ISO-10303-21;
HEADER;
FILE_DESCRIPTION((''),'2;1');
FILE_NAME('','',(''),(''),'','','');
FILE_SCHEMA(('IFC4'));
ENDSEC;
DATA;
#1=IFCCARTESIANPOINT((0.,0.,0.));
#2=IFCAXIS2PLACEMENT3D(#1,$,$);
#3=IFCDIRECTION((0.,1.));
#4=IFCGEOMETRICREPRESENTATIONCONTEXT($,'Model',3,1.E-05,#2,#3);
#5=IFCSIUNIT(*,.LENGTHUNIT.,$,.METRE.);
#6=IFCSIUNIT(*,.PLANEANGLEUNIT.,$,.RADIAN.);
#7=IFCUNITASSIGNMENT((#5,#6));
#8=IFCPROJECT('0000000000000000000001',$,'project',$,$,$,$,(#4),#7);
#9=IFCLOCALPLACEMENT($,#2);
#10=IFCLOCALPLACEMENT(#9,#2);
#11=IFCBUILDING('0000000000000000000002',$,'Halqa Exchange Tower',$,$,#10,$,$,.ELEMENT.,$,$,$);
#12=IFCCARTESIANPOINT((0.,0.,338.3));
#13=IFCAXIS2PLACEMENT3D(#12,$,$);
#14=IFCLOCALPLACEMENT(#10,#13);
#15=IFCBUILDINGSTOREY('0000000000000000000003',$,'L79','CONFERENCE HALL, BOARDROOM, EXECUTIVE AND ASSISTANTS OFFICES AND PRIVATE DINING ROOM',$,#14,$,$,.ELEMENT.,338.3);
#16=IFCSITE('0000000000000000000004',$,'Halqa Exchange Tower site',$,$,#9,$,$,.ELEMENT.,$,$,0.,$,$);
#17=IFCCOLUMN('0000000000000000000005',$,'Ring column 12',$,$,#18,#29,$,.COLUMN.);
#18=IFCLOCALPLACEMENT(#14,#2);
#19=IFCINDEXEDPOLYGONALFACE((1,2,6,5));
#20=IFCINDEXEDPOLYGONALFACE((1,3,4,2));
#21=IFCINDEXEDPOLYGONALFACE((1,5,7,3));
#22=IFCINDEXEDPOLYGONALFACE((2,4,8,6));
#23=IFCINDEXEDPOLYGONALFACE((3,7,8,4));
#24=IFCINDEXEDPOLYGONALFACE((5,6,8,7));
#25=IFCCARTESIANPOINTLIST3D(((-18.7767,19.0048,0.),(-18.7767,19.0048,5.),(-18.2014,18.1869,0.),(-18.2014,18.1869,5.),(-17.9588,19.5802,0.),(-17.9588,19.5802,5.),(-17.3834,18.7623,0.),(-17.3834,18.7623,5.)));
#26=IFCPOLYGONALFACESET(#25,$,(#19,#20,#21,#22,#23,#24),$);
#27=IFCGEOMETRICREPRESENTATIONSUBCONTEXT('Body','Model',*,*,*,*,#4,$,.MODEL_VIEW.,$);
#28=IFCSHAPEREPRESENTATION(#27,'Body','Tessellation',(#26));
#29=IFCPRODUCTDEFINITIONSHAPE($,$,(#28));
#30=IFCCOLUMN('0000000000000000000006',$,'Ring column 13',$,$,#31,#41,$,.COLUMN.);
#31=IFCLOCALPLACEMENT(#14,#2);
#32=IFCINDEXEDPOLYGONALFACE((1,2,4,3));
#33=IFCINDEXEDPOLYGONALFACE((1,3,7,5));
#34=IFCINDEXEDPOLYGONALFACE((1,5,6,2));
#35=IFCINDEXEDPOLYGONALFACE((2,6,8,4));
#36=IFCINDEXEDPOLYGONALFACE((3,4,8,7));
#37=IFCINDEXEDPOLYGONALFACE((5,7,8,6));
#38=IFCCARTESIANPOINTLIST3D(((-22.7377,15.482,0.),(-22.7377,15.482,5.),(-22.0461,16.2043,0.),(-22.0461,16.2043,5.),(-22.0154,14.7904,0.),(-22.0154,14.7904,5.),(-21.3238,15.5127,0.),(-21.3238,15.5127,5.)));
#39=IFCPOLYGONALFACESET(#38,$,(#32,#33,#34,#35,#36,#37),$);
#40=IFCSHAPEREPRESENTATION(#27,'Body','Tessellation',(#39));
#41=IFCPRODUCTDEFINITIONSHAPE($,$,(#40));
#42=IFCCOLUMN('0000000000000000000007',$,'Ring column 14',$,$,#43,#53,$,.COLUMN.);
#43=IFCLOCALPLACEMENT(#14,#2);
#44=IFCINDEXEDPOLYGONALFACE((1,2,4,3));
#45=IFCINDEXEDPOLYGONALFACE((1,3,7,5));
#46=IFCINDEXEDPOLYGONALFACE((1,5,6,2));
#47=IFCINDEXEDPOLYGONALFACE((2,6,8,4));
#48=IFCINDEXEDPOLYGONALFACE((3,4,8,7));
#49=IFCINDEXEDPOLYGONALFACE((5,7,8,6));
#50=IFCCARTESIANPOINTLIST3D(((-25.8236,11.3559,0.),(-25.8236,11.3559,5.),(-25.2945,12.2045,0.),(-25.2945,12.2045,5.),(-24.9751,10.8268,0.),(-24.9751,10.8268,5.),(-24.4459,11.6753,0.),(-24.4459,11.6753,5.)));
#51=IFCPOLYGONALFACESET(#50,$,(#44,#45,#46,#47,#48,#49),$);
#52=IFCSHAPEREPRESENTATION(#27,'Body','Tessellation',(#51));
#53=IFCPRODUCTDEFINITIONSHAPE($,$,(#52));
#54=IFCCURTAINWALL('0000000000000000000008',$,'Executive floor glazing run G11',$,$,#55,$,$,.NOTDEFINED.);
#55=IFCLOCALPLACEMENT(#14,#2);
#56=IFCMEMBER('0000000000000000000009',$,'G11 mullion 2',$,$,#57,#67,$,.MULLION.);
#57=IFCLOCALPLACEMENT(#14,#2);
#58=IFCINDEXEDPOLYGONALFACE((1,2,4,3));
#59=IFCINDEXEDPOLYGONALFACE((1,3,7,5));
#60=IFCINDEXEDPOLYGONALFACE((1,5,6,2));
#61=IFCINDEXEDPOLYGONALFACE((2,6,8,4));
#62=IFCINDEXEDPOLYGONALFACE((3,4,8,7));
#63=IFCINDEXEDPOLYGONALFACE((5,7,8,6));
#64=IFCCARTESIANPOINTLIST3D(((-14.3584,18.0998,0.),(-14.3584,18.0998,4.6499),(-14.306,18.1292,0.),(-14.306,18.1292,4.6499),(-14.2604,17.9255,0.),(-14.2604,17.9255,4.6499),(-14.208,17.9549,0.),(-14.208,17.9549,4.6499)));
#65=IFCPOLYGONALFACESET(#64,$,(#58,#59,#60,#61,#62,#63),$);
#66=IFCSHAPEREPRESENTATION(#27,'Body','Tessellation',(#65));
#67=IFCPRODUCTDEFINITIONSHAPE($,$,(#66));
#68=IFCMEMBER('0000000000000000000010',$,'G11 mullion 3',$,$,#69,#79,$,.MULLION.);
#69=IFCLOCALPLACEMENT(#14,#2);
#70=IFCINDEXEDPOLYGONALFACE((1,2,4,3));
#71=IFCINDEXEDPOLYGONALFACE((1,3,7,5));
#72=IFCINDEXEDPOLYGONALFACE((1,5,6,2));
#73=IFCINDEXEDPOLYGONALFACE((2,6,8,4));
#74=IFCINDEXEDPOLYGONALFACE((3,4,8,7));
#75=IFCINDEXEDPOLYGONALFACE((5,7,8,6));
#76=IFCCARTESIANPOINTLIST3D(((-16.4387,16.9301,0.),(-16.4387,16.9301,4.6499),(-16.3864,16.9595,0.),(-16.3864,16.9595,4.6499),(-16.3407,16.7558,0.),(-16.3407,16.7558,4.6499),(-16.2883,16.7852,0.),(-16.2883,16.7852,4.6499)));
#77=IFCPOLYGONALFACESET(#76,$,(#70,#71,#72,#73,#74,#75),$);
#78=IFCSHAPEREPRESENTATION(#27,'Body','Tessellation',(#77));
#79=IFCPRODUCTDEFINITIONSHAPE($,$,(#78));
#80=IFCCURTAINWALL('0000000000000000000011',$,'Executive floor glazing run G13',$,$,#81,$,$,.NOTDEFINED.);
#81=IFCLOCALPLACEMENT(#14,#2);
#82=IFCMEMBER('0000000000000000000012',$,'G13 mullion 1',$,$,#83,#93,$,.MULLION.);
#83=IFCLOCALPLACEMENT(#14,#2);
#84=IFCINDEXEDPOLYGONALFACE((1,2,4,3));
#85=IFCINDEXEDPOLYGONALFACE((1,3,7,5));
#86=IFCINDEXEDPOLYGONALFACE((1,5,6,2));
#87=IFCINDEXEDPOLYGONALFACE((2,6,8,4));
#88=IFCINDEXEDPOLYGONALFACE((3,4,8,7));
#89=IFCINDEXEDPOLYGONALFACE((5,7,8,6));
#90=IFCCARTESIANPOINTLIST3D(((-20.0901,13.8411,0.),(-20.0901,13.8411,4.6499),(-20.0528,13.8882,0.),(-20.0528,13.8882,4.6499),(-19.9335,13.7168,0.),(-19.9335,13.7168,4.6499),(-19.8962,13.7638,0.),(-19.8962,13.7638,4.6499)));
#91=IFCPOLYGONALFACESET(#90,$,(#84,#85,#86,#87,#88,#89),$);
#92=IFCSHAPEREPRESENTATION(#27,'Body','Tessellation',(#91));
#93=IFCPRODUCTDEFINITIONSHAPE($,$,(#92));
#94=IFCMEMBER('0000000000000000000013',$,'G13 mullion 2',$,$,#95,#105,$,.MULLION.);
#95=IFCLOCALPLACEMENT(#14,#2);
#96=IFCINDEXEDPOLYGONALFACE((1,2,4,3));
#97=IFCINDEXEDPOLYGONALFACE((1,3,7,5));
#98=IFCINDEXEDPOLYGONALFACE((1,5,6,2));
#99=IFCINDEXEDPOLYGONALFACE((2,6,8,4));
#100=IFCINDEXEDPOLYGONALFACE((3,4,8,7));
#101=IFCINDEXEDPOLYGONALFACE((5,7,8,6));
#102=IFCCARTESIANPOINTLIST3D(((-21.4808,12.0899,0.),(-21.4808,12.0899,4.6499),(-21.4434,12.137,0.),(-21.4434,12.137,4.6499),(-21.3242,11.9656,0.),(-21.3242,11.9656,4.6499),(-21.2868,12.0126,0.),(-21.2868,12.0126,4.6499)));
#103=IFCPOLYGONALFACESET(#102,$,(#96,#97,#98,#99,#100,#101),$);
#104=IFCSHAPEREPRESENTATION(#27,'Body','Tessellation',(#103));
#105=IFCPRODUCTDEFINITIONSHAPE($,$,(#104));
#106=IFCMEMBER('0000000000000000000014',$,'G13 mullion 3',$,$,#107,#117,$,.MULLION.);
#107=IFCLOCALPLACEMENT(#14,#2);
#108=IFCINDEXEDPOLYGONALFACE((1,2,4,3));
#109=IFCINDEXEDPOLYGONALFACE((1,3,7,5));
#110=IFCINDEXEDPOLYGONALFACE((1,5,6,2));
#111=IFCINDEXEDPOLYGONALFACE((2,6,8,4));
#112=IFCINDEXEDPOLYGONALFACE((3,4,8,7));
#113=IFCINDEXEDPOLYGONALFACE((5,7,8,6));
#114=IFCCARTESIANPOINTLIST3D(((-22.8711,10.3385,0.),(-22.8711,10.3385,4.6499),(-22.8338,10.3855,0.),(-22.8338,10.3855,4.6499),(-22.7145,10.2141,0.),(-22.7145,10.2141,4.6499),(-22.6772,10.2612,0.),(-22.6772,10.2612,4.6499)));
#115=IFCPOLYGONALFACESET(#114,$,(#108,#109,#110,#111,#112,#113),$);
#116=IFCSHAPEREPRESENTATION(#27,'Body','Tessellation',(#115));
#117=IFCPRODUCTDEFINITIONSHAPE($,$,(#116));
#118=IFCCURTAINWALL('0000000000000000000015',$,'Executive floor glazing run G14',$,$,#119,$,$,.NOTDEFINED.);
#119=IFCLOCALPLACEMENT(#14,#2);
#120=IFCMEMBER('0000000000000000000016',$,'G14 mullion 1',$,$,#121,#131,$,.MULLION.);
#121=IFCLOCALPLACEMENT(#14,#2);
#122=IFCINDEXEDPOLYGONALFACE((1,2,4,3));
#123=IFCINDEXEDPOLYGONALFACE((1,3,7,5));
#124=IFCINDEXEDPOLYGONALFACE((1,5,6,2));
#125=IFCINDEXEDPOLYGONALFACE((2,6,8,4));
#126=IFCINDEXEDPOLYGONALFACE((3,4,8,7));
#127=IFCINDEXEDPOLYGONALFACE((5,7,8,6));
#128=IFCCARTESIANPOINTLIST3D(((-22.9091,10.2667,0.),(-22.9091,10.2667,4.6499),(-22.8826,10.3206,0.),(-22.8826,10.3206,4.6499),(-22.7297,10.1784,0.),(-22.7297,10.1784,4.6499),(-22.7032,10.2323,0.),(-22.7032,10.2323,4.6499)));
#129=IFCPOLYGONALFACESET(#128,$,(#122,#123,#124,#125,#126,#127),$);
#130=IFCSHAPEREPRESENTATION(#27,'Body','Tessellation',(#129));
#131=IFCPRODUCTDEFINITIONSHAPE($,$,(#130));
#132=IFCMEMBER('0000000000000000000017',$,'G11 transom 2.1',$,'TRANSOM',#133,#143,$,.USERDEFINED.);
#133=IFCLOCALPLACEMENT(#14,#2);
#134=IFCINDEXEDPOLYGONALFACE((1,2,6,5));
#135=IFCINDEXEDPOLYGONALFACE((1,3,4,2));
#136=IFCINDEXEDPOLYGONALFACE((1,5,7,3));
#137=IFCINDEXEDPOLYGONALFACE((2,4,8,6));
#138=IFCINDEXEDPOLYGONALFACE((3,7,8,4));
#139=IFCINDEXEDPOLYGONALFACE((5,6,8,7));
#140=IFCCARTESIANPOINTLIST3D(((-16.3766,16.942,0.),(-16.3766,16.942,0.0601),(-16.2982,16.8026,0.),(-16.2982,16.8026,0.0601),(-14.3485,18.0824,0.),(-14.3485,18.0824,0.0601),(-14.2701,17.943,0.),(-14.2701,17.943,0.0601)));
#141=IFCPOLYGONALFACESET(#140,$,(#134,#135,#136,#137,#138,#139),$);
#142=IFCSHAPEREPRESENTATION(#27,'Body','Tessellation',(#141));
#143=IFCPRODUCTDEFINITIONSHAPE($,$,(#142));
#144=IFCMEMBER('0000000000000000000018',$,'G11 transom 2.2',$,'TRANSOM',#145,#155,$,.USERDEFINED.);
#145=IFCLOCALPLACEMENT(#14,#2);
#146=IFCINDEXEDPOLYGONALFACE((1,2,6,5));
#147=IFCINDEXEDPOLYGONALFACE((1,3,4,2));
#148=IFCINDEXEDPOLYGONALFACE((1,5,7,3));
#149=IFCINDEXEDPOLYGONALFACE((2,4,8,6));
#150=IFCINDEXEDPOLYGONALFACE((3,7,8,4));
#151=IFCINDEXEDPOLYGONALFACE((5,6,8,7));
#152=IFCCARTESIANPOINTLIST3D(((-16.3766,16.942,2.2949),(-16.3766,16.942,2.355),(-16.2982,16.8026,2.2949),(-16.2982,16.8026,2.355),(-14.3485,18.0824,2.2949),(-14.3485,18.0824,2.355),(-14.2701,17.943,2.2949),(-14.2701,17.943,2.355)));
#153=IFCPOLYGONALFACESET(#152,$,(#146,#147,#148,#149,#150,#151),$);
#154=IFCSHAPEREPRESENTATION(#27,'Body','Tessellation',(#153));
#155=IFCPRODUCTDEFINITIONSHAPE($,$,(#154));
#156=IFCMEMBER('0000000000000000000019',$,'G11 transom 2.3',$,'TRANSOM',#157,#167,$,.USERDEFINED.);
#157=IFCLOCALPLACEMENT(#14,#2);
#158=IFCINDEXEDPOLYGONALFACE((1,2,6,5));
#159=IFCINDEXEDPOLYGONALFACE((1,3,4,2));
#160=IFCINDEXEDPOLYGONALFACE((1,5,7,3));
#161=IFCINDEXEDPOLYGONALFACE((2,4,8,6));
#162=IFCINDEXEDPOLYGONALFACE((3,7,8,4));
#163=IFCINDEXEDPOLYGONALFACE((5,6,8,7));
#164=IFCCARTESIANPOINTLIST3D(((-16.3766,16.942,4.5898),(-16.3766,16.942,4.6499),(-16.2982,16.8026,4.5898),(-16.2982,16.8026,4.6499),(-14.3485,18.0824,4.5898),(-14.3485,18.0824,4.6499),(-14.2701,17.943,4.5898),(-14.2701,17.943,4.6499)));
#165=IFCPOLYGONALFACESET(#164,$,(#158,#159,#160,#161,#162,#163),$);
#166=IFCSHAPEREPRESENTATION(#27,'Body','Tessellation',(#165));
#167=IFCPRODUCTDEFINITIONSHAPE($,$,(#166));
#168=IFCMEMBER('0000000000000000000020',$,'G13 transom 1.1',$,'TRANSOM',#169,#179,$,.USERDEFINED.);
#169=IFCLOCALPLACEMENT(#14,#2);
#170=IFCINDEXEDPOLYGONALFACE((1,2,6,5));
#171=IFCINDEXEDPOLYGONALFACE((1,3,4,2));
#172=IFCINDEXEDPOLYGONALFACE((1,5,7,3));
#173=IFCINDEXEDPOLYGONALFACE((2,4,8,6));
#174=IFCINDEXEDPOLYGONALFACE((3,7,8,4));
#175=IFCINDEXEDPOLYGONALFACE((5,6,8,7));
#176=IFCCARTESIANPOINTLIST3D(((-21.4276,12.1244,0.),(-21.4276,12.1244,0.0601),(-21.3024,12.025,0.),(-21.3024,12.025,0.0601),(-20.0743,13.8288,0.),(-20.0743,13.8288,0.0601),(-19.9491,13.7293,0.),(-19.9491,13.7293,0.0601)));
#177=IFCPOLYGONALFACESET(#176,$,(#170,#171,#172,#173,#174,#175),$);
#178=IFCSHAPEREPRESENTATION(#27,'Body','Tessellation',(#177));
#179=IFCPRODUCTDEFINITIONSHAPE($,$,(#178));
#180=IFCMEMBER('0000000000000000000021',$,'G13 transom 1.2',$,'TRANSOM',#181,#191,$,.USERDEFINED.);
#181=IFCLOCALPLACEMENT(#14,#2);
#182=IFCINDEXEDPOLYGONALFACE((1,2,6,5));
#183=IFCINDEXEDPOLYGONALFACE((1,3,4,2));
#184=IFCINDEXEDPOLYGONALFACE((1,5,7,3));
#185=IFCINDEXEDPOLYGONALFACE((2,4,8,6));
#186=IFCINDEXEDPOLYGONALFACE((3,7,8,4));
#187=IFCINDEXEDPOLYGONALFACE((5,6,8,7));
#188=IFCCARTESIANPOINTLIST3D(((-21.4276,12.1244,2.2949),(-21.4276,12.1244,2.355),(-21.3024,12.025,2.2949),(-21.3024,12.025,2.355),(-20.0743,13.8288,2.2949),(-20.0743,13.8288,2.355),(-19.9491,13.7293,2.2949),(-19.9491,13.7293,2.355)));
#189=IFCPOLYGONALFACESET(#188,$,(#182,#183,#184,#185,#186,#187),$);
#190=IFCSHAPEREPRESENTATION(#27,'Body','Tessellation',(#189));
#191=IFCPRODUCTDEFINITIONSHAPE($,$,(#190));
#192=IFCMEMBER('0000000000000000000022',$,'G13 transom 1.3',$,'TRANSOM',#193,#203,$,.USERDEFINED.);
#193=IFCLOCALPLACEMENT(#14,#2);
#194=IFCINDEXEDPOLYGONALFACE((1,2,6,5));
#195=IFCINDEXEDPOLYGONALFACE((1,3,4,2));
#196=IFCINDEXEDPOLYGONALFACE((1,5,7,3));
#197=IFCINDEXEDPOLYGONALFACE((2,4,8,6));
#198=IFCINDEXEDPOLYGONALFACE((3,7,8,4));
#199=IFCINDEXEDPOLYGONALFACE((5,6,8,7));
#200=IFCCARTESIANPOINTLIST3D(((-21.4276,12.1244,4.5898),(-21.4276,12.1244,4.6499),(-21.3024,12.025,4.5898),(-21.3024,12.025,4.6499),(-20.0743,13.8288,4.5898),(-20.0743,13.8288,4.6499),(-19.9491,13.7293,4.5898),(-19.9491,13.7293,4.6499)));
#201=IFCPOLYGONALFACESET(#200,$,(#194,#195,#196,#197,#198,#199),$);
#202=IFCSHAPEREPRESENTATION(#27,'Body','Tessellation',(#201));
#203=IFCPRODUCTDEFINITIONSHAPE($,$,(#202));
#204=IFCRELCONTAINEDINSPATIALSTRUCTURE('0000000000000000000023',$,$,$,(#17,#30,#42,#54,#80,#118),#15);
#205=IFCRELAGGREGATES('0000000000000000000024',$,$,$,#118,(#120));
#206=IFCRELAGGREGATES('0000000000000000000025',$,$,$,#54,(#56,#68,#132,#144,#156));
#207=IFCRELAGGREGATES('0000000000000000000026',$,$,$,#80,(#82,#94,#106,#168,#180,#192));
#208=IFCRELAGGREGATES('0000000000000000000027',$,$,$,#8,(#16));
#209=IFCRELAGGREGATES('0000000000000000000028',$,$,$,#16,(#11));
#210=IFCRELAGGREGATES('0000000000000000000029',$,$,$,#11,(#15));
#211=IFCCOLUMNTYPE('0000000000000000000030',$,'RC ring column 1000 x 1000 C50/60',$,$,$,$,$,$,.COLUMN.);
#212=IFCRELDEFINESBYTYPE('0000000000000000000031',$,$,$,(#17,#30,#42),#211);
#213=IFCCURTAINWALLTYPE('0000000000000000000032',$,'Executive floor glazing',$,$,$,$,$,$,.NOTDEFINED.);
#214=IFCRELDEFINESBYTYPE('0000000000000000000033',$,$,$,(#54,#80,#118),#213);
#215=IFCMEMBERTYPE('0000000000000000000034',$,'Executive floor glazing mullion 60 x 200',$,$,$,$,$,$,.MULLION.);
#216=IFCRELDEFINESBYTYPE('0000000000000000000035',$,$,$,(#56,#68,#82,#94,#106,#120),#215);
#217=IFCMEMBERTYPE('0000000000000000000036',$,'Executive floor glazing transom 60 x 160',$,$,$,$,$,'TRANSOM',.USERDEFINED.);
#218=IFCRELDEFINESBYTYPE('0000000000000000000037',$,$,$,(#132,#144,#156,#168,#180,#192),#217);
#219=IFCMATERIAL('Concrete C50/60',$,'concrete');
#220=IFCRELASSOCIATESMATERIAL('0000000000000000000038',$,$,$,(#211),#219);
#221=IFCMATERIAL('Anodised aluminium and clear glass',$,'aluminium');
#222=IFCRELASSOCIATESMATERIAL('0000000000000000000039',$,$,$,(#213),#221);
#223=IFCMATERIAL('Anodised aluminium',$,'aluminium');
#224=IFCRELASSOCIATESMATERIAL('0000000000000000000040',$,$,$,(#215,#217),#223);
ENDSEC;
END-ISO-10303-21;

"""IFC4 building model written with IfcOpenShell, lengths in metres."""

from ifc_helpers import new_model, si_unit, direction, frame, origin, origin_2d, place, context, subcontext, project, spatial, rectangle, extrude, material, material_profile, profile_set, type_object, element, aggregate, save


model = new_model("IFC4")

# Units and contexts
model_context = context("Model", 3, precision=1e-05, world=origin(), true_north=direction((0.0, 1.0)))
body_context = subcontext(model_context, "Body", "Model", "MODEL_VIEW")
ifc_project = project(units=[si_unit("LENGTHUNIT", "METRE"), si_unit("PLANEANGLEUNIT", "RADIAN")], contexts=[model_context])

# Site, building, storey
site_placement = place(None, origin())
site = spatial("IfcSite", under=ifc_project, at=site_placement, Name="Halqa Exchange Tower site", CompositionType="ELEMENT", RefElevation=0.0)
building_placement = place(site_placement, origin())
building = spatial("IfcBuilding", under=site, at=building_placement, Name="Halqa Exchange Tower", CompositionType="ELEMENT")
storey_placement = place(building_placement, frame((0.0, 0.0, 338.3)))
storey = spatial("IfcBuildingStorey", under=building, at=storey_placement, Name="L79", Description="CONFERENCE HALL, BOARDROOM, EXECUTIVE AND ASSISTANTS OFFICES AND PRIVATE DINING ROOM", CompositionType="ELEMENT", Elevation=338.3)

# Columns
ifc_material_1 = material(Name="Concrete C50/60", Category="concrete")
ifc_material_profile_1 = material_profile(ifc_material_1, rectangle(XDim=1.0, YDim=1.0, at=origin_2d()), Name="1000 x 1000")
ifc_profile_set_1 = profile_set([ifc_material_profile_1], Name="Concrete C50/60")
column_type = type_object("IfcColumnType", Name="RC ring column 1000 x 1000 C50/60", PredefinedType="COLUMN", material=ifc_profile_set_1)
for number, where, z_axis, x_axis, name in (
    (1, (-18.0801, 18.8835, 0.0), (0.0, 0.0, 1.0), (-0.817907, -0.575351, 0.0), "Ring column 12"),
    (2, (-22.0308, 15.4973, 0.0), (0.0, 0.0, 1.0), (-0.691579, -0.722301, 0.0), "Ring column 13"),
    (3, (-25.1348, 11.5156, 0.0), (0.0, 0.0, 1.0), (-0.52914, -0.848534, 0.0), "Ring column 14"),
):
    element("IfcColumn", number, at=place(storey_placement, frame(where, z_axis=z_axis, x_axis=x_axis)), inside=storey, type_object=column_type, Name=name, PredefinedType="COLUMN", context=body_context, shape_type="SweptSolid", body=[
        extrude(rectangle(XDim=1.0, YDim=1.0, at=origin_2d()), origin(), (0.0, 0.0, 1.0), 5.0),
    ])

# Curtain walls, members
ifc_material_2 = material(Name="Anodised aluminium and clear glass", Category="aluminium")
curtain_wall_type = type_object("IfcCurtainWallType", Name="Executive floor glazing", PredefinedType="NOTDEFINED", material=ifc_material_2)
curtain_wall_1_placement = place(storey_placement, origin())
curtain_wall_1 = element("IfcCurtainWall", 4, at=curtain_wall_1_placement, inside=storey, type_object=curtain_wall_type, Name="Executive floor glazing run G11", PredefinedType="NOTDEFINED")
ifc_material_3 = material(Name="Anodised aluminium", Category="aluminium")
ifc_material_profile_2 = material_profile(ifc_material_3, rectangle(XDim=0.2, YDim=0.0601, at=origin_2d()), Name="AL 60x200")
ifc_profile_set_2 = profile_set([ifc_material_profile_2], Name="Anodised aluminium")
member_type_1 = type_object("IfcMemberType", Name="Executive floor glazing mullion 60 x 200", PredefinedType="MULLION", material=ifc_profile_set_2)
member_1_placement = place(storey_placement, frame((-14.2832, 18.0273, 0.0), z_axis=(0.0, 0.0, 1.0), x_axis=(0.490158, -0.871634, 0.0)))
member_1 = element("IfcMember", 5, at=member_1_placement, type_object=member_type_1, Name="G11 mullion 2", PredefinedType="MULLION", context=body_context, shape_type="SweptSolid", body=[
    extrude(rectangle(XDim=0.2, YDim=0.0601, at=origin_2d()), origin(), (0.0, 0.0, 1.0), 4.6499),
])
member_2_placement = place(storey_placement, frame((-16.3635, 16.8577, 0.0), z_axis=(0.0, 0.0, 1.0), x_axis=(0.490158, -0.871634, 0.0)))
member_2 = element("IfcMember", 6, at=member_2_placement, type_object=member_type_1, Name="G11 mullion 3", PredefinedType="MULLION", context=body_context, shape_type="SweptSolid", body=[
    extrude(rectangle(XDim=0.2, YDim=0.0601, at=origin_2d()), origin(), (0.0, 0.0, 1.0), 4.6499),
])
curtain_wall_2_placement = place(storey_placement, origin())
curtain_wall_2 = element("IfcCurtainWall", 7, at=curtain_wall_2_placement, inside=storey, type_object=curtain_wall_type, Name="Executive floor glazing run G13", PredefinedType="NOTDEFINED")
member_3_placement = place(storey_placement, frame((-19.9932, 13.8025, 0.0), z_axis=(0.0, 0.0, 1.0), x_axis=(0.783162, -0.621817, 0.0)))
member_3 = element("IfcMember", 8, at=member_3_placement, type_object=member_type_1, Name="G13 mullion 1", PredefinedType="MULLION", context=body_context, shape_type="SweptSolid", body=[
    extrude(rectangle(XDim=0.2, YDim=0.0601, at=origin_2d()), origin(), (0.0, 0.0, 1.0), 4.6499),
])
member_4_placement = place(storey_placement, frame((-21.3838, 12.0513, 0.0), z_axis=(0.0, 0.0, 1.0), x_axis=(0.783162, -0.621817, 0.0)))
member_4 = element("IfcMember", 9, at=member_4_placement, type_object=member_type_1, Name="G13 mullion 2", PredefinedType="MULLION", context=body_context, shape_type="SweptSolid", body=[
    extrude(rectangle(XDim=0.2, YDim=0.0601, at=origin_2d()), origin(), (0.0, 0.0, 1.0), 4.6499),
])
member_5_placement = place(storey_placement, frame((-22.7742, 10.2998, 0.0), z_axis=(0.0, 0.0, 1.0), x_axis=(0.783162, -0.621817, 0.0)))
member_5 = element("IfcMember", 10, at=member_5_placement, type_object=member_type_1, Name="G13 mullion 3", PredefinedType="MULLION", context=body_context, shape_type="SweptSolid", body=[
    extrude(rectangle(XDim=0.2, YDim=0.0601, at=origin_2d()), origin(), (0.0, 0.0, 1.0), 4.6499),
])

# Curtain wall, member
curtain_wall_3_placement = place(storey_placement, origin())
curtain_wall_3 = element("IfcCurtainWall", 11, at=curtain_wall_3_placement, inside=storey, type_object=curtain_wall_type, Name="Executive floor glazing run G14", PredefinedType="NOTDEFINED")
member_6_placement = place(storey_placement, frame((-22.8062, 10.2495, 0.0), z_axis=(0.0, 0.0, 1.0), x_axis=(0.897215, -0.441595, 0.0)))
member_6 = element("IfcMember", 12, at=member_6_placement, type_object=member_type_1, Name="G14 mullion 1", PredefinedType="MULLION", context=body_context, shape_type="SweptSolid", body=[
    extrude(rectangle(XDim=0.2, YDim=0.0601, at=origin_2d()), origin(), (0.0, 0.0, 1.0), 4.6499),
])
aggregate(curtain_wall_3, [member_6])

# Members
ifc_material_profile_3 = material_profile(ifc_material_3, rectangle(XDim=0.1599, YDim=0.0601, at=origin_2d()), Name="AL 60x160")
ifc_profile_set_3 = profile_set([ifc_material_profile_3], Name="Anodised aluminium")
member_type_2 = type_object("IfcMemberType", Name="Executive floor glazing transom 60 x 160", ElementType="TRANSOM", PredefinedType="USERDEFINED", material=ifc_profile_set_3)
member_7_placement = place(storey_placement, frame((-14.3093, 18.0127, 0.03), z_axis=(-0.871651, -0.490127, 0.0), x_axis=(0.490127, -0.871651, 0.0)))
member_7 = element("IfcMember", 13, at=member_7_placement, type_object=member_type_2, Name="G11 transom 2.1", ObjectType="TRANSOM", PredefinedType="USERDEFINED", context=body_context, shape_type="SweptSolid", body=[
    extrude(rectangle(XDim=0.1599, YDim=0.0601, at=origin_2d()), origin(), (0.0, 0.0, 1.0), 2.3267),
])
member_8_placement = place(storey_placement, frame((-14.3093, 18.0127, 2.325), z_axis=(-0.871651, -0.490127, 0.0), x_axis=(0.490127, -0.871651, 0.0)))
member_8 = element("IfcMember", 14, at=member_8_placement, type_object=member_type_2, Name="G11 transom 2.2", ObjectType="TRANSOM", PredefinedType="USERDEFINED", context=body_context, shape_type="SweptSolid", body=[
    extrude(rectangle(XDim=0.1599, YDim=0.0601, at=origin_2d()), origin(), (0.0, 0.0, 1.0), 2.3267),
])
member_9_placement = place(storey_placement, frame((-14.3093, 18.0127, 4.6199), z_axis=(-0.871651, -0.490127, 0.0), x_axis=(0.490127, -0.871651, 0.0)))
member_9 = element("IfcMember", 15, at=member_9_placement, type_object=member_type_2, Name="G11 transom 2.3", ObjectType="TRANSOM", PredefinedType="USERDEFINED", context=body_context, shape_type="SweptSolid", body=[
    extrude(rectangle(XDim=0.1599, YDim=0.0601, at=origin_2d()), origin(), (0.0, 0.0, 1.0), 2.3267),
])
member_10_placement = place(storey_placement, frame((-20.0117, 13.7791, 0.03), z_axis=(-0.621832, -0.783151, 0.0), x_axis=(0.783151, -0.621832, 0.0)))
member_10 = element("IfcMember", 16, at=member_10_placement, type_object=member_type_2, Name="G13 transom 1.1", ObjectType="TRANSOM", PredefinedType="USERDEFINED", context=body_context, shape_type="SweptSolid", body=[
    extrude(rectangle(XDim=0.1599, YDim=0.0601, at=origin_2d()), origin(), (0.0, 0.0, 1.0), 2.1763),
])
member_11_placement = place(storey_placement, frame((-20.0117, 13.7791, 2.325), z_axis=(-0.621832, -0.783151, 0.0), x_axis=(0.783151, -0.621832, 0.0)))
member_11 = element("IfcMember", 17, at=member_11_placement, type_object=member_type_2, Name="G13 transom 1.2", ObjectType="TRANSOM", PredefinedType="USERDEFINED", context=body_context, shape_type="SweptSolid", body=[
    extrude(rectangle(XDim=0.1599, YDim=0.0601, at=origin_2d()), origin(), (0.0, 0.0, 1.0), 2.1763),
])
member_12_placement = place(storey_placement, frame((-20.0117, 13.7791, 4.6199), z_axis=(-0.621832, -0.783151, 0.0), x_axis=(0.783151, -0.621832, 0.0)))
member_12 = element("IfcMember", 18, at=member_12_placement, type_object=member_type_2, Name="G13 transom 1.3", ObjectType="TRANSOM", PredefinedType="USERDEFINED", context=body_context, shape_type="SweptSolid", body=[
    extrude(rectangle(XDim=0.1599, YDim=0.0601, at=origin_2d()), origin(), (0.0, 0.0, 1.0), 2.1763),
])

aggregate(curtain_wall_1, [member_1, member_2, member_7, member_8, member_9])
aggregate(curtain_wall_2, [member_3, member_4, member_5, member_10, member_11, member_12])

save(model, "model.ifc")
